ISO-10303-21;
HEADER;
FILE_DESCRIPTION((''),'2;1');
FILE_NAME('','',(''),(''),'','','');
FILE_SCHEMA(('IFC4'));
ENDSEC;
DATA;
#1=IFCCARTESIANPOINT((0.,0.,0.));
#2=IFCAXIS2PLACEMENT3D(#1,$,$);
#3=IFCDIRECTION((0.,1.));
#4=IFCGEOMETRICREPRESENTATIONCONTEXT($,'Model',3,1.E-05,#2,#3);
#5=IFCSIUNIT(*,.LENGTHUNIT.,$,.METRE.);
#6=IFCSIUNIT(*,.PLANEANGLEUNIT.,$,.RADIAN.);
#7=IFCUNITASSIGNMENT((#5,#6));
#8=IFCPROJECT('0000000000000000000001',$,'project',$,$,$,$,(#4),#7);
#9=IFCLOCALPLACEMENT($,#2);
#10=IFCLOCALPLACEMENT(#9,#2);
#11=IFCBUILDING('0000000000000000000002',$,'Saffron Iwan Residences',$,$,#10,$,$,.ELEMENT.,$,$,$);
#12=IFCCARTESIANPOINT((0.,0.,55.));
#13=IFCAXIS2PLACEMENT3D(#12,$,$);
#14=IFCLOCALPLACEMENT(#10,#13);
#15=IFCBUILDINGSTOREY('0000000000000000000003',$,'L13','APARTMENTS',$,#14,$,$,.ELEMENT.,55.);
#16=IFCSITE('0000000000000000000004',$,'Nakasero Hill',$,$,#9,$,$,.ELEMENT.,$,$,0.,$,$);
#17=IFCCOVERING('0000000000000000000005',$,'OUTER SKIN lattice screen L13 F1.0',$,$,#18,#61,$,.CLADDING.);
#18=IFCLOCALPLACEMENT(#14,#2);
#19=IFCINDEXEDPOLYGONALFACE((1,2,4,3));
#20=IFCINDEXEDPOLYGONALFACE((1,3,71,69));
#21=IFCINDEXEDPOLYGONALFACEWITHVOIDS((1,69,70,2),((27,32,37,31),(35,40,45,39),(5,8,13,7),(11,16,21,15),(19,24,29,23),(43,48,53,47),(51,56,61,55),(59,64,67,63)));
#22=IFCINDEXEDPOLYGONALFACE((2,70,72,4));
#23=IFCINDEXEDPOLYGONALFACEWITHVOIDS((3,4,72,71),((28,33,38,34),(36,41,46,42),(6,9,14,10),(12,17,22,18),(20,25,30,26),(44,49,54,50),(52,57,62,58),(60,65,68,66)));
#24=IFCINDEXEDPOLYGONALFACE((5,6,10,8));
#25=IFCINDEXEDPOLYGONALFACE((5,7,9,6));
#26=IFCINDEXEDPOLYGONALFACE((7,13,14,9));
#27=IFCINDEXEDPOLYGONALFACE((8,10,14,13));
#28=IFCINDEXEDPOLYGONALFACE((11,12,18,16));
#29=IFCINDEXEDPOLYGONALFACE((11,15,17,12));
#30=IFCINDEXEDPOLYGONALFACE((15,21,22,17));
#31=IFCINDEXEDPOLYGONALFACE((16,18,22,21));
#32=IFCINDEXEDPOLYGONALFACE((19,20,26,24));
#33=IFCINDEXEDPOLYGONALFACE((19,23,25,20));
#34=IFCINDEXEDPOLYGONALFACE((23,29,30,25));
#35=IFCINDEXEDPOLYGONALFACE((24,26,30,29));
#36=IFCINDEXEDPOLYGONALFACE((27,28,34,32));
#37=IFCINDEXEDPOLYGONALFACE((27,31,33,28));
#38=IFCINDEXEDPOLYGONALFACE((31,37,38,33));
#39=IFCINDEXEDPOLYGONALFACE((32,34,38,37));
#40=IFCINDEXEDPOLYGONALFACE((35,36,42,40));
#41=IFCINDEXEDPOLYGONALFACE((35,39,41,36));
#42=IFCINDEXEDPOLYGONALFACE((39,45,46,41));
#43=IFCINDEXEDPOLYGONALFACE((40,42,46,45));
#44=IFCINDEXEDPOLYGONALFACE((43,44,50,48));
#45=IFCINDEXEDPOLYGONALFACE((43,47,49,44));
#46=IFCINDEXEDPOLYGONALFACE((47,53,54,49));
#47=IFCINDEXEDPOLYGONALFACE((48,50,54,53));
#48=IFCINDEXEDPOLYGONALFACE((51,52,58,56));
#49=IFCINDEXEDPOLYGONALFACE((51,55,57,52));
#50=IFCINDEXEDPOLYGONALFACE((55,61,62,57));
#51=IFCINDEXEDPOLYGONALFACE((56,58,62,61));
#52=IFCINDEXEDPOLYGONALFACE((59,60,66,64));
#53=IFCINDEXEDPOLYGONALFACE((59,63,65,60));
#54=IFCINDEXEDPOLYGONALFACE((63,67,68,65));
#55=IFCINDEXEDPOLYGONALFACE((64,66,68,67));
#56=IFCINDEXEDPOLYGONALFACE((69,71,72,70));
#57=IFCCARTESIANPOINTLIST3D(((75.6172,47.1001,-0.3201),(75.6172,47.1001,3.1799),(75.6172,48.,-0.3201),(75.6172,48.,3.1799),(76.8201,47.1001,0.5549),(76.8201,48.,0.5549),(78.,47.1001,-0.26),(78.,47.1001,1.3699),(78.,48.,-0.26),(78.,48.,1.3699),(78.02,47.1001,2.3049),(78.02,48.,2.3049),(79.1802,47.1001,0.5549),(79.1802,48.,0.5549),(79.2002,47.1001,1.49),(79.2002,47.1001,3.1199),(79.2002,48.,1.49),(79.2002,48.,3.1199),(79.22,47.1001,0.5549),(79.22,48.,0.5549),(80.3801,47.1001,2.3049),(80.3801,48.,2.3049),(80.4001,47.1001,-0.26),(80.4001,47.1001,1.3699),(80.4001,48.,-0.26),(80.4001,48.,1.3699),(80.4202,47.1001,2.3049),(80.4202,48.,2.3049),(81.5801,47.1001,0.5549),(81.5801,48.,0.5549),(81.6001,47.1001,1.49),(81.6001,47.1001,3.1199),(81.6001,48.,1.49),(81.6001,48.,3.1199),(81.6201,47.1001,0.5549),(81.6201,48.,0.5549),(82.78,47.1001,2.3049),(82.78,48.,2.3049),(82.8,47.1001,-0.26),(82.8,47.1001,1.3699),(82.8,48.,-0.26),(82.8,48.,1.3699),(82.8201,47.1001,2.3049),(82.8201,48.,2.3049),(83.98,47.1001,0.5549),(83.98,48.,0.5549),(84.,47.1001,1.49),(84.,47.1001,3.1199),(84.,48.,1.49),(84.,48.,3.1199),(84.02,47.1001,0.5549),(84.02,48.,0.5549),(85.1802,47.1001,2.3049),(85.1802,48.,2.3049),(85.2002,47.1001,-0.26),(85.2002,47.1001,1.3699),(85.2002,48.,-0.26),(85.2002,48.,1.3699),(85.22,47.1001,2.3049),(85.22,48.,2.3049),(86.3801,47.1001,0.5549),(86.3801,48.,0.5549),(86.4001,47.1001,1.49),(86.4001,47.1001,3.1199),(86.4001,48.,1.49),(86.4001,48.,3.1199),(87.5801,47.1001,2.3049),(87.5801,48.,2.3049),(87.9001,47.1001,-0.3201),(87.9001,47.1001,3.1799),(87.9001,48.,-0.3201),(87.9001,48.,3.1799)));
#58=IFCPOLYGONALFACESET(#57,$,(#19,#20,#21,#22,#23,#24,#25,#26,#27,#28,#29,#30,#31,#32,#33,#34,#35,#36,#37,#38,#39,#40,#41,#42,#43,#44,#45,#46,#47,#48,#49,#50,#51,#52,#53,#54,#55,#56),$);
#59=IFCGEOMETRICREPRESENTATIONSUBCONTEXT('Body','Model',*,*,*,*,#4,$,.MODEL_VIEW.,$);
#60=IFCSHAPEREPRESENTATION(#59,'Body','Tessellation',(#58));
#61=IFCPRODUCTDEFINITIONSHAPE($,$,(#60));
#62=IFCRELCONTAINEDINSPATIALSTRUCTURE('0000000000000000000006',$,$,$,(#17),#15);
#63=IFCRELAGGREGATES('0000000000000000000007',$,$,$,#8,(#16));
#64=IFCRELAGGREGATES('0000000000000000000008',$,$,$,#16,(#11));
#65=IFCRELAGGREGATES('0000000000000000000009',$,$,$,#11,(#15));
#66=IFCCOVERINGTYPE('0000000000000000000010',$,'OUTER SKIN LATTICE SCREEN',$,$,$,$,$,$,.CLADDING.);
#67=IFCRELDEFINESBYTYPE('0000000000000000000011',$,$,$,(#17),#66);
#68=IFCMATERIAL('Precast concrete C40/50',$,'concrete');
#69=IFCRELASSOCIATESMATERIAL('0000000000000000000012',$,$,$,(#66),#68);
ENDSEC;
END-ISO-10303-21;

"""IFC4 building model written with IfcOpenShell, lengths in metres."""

from ifc_helpers import new_model, si_unit, direction, frame, origin, place, context, subcontext, project, spatial, polyline, outline, extrude, material, type_object, element, save


model = new_model("IFC4")

# Units and contexts
model_context = context("Model", 3, precision=1e-05, world=origin(), true_north=direction((0.0, 1.0)))
body_context = subcontext(model_context, "Body", "Model", "MODEL_VIEW")
ifc_project = project(units=[si_unit("LENGTHUNIT", "METRE"), si_unit("PLANEANGLEUNIT", "RADIAN")], contexts=[model_context])

# Site, building, storey
site_placement = place(None, origin())
site = spatial("IfcSite", under=ifc_project, at=site_placement, Name="Nakasero Hill", CompositionType="ELEMENT", RefElevation=0.0)
building_placement = place(site_placement, origin())
building = spatial("IfcBuilding", under=site, at=building_placement, Name="Saffron Iwan Residences", CompositionType="ELEMENT")
storey_placement = place(building_placement, frame((0.0, 0.0, 55.0)))
storey = spatial("IfcBuildingStorey", under=building, at=storey_placement, Name="L13", Description="APARTMENTS", CompositionType="ELEMENT", Elevation=55.0)

# Covering
ifc_material_1 = material(Name="Precast concrete C40/50", Category="concrete")
covering_type = type_object("IfcCoveringType", Name="OUTER SKIN LATTICE SCREEN", PredefinedType="CLADDING", material=ifc_material_1)
covering_placement = place(storey_placement, frame((75.6172, 48.0, -0.3201), z_axis=(0.0, -1.0, 0.0), x_axis=(1.0, 0.0, 0.0)))
element("IfcCovering", 1, at=covering_placement, inside=storey, type_object=covering_type, Name="OUTER SKIN lattice screen L13 F1.0", PredefinedType="CLADDING", context=body_context, shape_type="SweptSolid", body=[
    extrude(outline(polyline([(0.0, 0.0), (12.283, 0.0), (12.283, 3.5), (0.0, 3.5), (0.0, 0.0)]), holes=[polyline([(1.2029, 0.875), (2.3828, 0.0601), (3.563, 0.875), (2.3828, 1.6899), (1.2029, 0.875)]), polyline([(3.6028, 0.875), (4.783, 0.0601), (5.9629, 0.875), (4.783, 1.6899), (3.6028, 0.875)]), polyline([(6.0029, 0.875), (7.1829, 0.0601), (8.3628, 0.875), (7.1829, 1.6899), (6.0029, 0.875)]), polyline([(8.4028, 0.875), (9.583, 0.0601), (10.7629, 0.875), (9.583, 1.6899), (8.4028, 0.875)]), polyline([(2.4028, 2.625), (3.583, 1.8101), (4.7629, 2.625), (3.583, 3.4399), (2.4028, 2.625)]), polyline([(4.803, 2.625), (5.9829, 1.8101), (7.1628, 2.625), (5.9829, 3.4399), (4.803, 2.625)]), polyline([(7.2029, 2.625), (8.3828, 1.8101), (9.563, 2.625), (8.3828, 3.4399), (7.2029, 2.625)]), polyline([(9.6028, 2.625), (10.783, 1.8101), (11.9629, 2.625), (10.783, 3.4399), (9.6028, 2.625)])]), origin(), (0.0, 0.0, 1.0), 0.8999),
])

save(model, "model.ifc")
